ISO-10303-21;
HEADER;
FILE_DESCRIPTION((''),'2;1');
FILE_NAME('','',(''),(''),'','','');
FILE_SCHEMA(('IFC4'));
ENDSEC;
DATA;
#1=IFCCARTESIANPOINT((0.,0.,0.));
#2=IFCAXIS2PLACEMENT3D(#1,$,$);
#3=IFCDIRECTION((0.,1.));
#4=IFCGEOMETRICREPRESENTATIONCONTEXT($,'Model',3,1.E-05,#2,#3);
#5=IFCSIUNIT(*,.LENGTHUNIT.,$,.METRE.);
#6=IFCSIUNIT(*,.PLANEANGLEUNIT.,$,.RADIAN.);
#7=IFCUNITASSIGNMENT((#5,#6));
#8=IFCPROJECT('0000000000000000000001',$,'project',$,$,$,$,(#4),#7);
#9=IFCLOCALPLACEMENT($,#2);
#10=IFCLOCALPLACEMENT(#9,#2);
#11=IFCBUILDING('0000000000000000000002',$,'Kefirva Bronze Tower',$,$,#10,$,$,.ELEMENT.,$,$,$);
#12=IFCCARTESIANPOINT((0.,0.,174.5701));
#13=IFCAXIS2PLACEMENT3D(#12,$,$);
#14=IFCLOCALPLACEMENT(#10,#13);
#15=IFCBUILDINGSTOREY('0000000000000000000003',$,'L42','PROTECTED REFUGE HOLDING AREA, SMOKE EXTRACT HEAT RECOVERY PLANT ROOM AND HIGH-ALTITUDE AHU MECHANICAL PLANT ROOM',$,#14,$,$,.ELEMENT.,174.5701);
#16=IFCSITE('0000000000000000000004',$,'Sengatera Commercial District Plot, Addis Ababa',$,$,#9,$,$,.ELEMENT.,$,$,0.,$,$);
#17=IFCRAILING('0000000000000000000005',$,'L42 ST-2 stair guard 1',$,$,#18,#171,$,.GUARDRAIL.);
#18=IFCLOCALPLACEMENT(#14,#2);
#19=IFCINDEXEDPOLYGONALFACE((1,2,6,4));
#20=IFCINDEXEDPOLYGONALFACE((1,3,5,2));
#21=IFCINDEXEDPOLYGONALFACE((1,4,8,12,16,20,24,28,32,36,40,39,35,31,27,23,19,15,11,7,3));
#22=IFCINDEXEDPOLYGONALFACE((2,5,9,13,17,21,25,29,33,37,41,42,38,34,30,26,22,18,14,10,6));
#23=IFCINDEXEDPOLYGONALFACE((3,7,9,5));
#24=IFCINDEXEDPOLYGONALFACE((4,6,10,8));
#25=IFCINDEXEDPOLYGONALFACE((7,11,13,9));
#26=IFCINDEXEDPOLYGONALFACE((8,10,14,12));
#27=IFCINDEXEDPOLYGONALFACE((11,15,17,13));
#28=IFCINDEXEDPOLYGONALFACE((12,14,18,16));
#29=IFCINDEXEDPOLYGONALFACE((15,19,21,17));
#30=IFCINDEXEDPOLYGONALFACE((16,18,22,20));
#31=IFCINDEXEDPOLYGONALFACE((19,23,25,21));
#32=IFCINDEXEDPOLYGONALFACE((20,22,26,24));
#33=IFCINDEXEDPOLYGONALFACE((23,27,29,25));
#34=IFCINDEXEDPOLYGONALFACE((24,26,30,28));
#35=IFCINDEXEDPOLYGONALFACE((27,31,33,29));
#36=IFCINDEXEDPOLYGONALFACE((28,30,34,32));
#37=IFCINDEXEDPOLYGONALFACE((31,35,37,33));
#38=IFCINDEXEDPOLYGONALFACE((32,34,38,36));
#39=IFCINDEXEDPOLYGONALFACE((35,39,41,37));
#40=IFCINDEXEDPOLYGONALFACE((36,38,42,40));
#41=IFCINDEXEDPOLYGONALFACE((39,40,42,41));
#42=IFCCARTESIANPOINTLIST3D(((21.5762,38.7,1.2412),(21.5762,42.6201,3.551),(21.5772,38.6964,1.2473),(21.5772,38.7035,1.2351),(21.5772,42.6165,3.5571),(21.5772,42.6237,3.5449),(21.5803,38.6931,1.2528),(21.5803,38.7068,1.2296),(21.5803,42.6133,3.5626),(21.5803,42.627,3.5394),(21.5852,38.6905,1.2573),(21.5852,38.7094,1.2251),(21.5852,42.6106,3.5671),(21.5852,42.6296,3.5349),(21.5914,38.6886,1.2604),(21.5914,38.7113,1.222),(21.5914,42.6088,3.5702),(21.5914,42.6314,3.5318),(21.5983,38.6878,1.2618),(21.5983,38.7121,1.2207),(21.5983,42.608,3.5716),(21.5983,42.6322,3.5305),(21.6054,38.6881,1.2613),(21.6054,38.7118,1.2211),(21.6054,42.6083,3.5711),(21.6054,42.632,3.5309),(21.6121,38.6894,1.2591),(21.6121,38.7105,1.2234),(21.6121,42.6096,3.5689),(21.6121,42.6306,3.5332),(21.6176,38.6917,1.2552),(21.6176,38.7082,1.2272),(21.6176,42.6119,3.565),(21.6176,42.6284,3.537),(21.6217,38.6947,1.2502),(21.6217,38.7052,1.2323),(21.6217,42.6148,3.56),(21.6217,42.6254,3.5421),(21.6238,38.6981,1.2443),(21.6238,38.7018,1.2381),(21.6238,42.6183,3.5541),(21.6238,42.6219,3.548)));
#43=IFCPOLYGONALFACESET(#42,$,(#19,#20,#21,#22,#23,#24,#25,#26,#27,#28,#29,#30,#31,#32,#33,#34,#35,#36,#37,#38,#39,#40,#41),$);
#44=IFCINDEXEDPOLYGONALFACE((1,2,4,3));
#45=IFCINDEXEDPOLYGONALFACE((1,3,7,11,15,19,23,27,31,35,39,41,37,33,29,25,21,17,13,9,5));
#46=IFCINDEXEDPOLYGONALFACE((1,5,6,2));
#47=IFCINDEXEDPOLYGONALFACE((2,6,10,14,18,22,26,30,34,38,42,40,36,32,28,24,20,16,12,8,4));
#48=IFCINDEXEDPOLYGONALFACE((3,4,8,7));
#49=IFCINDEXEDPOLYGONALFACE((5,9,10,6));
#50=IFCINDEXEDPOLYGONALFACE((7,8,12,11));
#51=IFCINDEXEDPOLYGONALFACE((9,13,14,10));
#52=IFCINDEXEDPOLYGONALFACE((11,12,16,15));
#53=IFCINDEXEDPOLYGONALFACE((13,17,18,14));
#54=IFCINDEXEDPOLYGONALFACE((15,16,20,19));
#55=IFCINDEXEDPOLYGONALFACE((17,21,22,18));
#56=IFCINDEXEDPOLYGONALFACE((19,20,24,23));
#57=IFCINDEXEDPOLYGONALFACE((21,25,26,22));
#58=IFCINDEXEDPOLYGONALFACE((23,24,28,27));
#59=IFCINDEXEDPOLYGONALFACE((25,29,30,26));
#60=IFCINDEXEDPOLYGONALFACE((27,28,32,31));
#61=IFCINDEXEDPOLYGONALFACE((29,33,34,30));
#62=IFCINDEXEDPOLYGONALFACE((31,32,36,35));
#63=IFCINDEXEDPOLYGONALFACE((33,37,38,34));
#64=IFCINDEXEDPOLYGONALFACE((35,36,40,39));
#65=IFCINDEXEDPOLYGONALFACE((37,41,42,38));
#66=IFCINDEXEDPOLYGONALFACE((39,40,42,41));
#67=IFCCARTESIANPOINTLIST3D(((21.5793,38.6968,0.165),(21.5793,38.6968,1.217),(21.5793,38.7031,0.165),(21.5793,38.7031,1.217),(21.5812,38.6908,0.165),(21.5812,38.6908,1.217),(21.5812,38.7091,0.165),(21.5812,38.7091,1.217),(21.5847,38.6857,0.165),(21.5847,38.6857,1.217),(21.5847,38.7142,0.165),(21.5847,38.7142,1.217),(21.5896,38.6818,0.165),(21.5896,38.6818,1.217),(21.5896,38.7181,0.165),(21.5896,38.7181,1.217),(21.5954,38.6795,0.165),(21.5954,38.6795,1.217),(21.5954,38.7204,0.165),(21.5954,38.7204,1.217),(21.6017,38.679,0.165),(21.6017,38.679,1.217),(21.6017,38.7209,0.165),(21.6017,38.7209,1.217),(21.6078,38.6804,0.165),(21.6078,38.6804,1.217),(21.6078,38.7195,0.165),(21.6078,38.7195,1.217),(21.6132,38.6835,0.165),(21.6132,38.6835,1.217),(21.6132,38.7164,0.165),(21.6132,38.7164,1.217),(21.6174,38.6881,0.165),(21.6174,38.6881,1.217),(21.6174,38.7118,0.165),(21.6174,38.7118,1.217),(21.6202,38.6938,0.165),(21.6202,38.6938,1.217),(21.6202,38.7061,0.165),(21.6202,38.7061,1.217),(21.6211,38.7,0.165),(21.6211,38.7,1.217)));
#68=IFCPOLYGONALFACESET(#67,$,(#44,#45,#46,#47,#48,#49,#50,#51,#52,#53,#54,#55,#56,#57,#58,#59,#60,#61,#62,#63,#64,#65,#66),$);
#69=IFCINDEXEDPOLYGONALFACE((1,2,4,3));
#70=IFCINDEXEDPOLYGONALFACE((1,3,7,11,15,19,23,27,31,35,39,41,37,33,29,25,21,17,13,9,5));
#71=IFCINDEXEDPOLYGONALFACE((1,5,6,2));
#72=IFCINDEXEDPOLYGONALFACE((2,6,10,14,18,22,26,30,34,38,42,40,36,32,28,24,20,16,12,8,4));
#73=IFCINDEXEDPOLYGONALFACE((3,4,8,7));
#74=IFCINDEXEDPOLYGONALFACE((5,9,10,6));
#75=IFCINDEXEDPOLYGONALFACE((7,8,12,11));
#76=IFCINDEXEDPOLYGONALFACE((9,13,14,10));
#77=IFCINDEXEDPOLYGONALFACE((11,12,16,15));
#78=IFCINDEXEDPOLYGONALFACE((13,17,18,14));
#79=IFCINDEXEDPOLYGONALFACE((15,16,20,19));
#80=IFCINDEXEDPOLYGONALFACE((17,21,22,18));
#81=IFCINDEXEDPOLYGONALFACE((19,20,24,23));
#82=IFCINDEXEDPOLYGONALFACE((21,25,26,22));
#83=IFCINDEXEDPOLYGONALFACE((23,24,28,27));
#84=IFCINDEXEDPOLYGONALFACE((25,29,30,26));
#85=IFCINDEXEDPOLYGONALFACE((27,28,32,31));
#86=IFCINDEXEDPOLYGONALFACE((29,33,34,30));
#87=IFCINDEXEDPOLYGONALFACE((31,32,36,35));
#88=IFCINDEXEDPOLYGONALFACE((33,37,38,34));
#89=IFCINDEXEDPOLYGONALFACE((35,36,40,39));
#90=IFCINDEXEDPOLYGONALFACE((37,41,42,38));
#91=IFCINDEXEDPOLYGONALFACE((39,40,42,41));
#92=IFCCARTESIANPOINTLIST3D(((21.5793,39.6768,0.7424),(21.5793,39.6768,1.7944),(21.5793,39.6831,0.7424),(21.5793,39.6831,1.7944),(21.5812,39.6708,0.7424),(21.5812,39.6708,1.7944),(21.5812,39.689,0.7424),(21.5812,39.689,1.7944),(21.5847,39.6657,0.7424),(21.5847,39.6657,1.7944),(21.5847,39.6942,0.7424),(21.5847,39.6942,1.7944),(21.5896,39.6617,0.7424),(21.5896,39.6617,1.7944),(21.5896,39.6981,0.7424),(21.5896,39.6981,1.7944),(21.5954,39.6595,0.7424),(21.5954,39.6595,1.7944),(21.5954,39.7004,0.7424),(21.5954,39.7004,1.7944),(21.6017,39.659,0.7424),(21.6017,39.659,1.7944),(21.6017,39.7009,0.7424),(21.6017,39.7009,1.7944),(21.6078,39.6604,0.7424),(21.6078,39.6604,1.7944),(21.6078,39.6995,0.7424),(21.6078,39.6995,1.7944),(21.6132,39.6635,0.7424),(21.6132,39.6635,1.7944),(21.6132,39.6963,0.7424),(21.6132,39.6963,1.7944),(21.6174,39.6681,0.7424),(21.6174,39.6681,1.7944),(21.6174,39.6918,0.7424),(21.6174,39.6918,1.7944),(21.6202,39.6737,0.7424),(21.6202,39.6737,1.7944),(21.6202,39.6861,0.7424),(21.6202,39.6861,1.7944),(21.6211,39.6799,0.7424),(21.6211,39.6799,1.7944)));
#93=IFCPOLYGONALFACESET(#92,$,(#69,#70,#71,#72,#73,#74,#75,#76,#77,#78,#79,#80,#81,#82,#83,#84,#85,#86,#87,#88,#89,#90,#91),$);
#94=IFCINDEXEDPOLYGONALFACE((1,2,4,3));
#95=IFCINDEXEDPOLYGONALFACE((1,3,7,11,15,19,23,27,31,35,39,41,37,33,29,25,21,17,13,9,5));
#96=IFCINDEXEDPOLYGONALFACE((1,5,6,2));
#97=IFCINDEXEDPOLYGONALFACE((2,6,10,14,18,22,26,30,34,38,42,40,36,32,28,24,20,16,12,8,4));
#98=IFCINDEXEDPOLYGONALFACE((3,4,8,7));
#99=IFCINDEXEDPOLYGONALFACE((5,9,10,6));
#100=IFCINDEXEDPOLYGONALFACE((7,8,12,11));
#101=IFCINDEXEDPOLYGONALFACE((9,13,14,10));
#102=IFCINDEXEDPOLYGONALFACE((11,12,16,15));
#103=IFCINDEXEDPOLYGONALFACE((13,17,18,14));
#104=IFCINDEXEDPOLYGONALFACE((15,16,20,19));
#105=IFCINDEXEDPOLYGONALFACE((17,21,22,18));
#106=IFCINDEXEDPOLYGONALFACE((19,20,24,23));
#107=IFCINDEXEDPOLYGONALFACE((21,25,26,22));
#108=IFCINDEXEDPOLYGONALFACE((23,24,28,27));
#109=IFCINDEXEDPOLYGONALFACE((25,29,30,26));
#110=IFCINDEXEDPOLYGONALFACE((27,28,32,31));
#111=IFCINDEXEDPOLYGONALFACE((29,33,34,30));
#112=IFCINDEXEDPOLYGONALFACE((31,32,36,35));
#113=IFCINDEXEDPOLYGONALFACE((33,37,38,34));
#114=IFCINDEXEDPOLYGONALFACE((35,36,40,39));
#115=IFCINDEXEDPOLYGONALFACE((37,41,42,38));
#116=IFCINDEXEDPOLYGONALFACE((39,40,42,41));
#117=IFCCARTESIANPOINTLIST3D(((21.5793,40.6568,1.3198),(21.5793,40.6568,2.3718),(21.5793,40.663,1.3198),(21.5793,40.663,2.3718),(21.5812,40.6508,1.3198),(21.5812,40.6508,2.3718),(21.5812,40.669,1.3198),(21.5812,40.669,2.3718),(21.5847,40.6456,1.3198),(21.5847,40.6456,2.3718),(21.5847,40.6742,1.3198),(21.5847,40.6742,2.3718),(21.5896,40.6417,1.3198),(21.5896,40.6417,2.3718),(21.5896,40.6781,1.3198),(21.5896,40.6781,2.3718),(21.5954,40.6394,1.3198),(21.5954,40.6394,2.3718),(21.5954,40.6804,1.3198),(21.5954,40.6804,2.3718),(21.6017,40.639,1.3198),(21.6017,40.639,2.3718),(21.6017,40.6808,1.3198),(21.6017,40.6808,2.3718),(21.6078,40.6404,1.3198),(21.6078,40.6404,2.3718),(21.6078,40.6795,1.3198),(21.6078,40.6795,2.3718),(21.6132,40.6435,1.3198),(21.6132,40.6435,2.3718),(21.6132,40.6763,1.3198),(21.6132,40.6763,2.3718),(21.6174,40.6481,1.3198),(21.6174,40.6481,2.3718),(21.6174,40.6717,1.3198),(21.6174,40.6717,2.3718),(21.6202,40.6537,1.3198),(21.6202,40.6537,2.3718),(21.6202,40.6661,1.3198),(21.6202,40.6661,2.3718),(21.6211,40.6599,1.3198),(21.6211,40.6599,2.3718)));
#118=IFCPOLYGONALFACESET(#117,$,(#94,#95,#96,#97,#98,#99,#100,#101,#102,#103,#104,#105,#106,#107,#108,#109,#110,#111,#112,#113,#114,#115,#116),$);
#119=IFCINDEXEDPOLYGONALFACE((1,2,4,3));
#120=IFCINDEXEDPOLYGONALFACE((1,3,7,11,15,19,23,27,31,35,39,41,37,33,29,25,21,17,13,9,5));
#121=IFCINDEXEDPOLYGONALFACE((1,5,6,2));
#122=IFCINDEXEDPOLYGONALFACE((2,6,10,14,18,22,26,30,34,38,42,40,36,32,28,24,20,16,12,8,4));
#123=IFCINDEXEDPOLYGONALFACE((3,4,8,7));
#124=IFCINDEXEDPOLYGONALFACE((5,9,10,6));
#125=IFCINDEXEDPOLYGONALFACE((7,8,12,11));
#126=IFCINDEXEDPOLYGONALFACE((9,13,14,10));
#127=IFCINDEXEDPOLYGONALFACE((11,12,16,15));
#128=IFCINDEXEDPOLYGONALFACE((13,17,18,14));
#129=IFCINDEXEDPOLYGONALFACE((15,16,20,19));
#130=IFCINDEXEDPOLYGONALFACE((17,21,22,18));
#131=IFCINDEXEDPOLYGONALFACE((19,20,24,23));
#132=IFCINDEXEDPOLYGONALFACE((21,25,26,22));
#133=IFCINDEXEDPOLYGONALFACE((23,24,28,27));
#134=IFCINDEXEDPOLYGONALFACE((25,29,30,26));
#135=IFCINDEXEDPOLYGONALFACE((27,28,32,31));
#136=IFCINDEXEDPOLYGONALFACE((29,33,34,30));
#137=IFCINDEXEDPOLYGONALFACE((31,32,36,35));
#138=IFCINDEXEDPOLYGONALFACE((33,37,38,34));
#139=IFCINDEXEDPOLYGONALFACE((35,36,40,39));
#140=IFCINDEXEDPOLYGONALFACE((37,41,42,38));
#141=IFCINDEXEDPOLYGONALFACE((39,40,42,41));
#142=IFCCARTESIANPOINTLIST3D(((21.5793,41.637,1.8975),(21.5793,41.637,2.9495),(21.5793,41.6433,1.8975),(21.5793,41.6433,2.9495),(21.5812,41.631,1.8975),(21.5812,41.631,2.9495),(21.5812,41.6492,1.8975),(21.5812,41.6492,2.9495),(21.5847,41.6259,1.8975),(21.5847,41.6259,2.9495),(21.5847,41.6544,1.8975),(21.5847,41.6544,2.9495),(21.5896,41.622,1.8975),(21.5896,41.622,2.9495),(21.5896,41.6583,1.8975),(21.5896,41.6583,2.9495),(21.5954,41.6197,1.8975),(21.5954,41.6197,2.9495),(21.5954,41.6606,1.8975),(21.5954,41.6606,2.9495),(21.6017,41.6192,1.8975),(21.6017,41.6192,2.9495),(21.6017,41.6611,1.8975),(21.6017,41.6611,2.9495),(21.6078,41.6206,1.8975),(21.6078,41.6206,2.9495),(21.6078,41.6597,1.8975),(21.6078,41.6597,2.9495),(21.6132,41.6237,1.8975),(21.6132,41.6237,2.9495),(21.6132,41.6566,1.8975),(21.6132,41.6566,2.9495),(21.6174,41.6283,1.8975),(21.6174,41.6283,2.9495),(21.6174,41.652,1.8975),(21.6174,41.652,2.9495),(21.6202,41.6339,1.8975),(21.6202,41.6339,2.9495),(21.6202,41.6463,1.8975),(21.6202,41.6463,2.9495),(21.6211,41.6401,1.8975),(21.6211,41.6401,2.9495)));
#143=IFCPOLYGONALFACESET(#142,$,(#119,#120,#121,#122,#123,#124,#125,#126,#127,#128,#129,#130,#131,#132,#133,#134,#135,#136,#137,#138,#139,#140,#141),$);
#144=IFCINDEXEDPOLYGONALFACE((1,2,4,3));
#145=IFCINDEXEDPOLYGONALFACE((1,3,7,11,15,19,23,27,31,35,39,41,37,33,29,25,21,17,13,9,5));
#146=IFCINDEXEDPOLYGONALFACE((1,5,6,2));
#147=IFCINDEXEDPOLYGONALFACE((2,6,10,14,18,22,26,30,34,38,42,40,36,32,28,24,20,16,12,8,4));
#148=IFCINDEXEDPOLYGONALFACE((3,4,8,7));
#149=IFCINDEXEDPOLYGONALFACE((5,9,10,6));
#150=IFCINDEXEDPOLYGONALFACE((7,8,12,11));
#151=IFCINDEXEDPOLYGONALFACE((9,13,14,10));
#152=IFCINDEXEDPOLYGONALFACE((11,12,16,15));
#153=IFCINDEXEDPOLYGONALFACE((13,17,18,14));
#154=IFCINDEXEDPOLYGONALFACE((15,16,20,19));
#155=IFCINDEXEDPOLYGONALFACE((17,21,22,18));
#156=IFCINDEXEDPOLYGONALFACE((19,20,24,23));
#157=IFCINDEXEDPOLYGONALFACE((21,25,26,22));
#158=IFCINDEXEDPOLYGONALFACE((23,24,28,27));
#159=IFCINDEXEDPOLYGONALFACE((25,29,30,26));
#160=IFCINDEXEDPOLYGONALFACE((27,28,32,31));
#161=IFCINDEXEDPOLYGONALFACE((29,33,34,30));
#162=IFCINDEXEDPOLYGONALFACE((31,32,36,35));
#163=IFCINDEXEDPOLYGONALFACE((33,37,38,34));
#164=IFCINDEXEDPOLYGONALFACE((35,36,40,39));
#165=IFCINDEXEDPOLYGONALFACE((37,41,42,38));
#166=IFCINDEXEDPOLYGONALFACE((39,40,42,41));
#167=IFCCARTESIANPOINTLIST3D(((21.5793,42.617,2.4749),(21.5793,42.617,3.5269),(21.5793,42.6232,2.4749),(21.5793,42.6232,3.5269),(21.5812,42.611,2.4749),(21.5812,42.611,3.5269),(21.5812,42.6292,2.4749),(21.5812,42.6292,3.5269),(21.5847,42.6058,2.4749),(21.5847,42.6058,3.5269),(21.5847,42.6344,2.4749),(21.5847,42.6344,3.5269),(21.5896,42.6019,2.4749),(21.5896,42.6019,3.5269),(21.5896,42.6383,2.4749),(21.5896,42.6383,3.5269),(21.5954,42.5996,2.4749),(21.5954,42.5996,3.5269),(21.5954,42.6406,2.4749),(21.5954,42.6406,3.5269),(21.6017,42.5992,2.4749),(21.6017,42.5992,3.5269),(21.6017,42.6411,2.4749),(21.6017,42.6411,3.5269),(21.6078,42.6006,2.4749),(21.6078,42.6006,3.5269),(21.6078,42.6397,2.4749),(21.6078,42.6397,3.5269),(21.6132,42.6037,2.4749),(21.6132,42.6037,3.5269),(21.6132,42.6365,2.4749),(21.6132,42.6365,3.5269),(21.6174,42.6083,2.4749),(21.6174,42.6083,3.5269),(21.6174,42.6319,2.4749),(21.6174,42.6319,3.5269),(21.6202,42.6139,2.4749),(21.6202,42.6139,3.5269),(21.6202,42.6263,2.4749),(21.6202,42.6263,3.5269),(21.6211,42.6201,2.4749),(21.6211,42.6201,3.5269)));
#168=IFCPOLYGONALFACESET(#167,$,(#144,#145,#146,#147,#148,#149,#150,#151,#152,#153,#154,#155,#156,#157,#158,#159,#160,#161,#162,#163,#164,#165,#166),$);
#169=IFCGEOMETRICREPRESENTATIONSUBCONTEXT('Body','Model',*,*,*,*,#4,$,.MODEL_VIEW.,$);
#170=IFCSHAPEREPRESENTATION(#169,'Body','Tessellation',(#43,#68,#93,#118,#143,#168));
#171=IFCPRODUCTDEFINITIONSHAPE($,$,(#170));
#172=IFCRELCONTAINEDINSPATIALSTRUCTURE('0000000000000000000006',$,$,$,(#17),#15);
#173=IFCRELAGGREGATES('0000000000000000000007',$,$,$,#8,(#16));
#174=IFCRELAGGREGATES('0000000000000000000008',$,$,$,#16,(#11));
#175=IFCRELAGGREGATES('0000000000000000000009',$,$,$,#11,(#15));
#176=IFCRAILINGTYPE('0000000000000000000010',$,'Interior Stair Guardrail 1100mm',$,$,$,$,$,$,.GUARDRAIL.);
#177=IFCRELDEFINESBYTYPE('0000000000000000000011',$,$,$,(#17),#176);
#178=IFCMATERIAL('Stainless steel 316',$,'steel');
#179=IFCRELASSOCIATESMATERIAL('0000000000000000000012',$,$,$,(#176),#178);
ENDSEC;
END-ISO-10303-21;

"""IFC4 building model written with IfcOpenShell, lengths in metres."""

from ifc_helpers import new_model, si_unit, direction, frame, origin, origin_2d, place, context, subcontext, project, spatial, circle, extrude, material, type_object, element, save


model = new_model("IFC4")

# Units and contexts
model_context = context("Model", 3, precision=1e-05, world=origin(), true_north=direction((0.0, 1.0)))
body_context = subcontext(model_context, "Body", "Model", "MODEL_VIEW")
ifc_project = project(units=[si_unit("LENGTHUNIT", "METRE"), si_unit("PLANEANGLEUNIT", "RADIAN")], contexts=[model_context])

# Site, building, storey
site_placement = place(None, origin())
site = spatial("IfcSite", under=ifc_project, at=site_placement, Name="Sengatera Commercial District Plot, Addis Ababa", CompositionType="ELEMENT", RefElevation=0.0)
building_placement = place(site_placement, origin())
building = spatial("IfcBuilding", under=site, at=building_placement, Name="Kefirva Bronze Tower", CompositionType="ELEMENT")
storey_placement = place(building_placement, frame((0.0, 0.0, 174.5701)))
storey = spatial("IfcBuildingStorey", under=building, at=storey_placement, Name="L42", Description="PROTECTED REFUGE HOLDING AREA, SMOKE EXTRACT HEAT RECOVERY PLANT ROOM AND HIGH-ALTITUDE AHU MECHANICAL PLANT ROOM", CompositionType="ELEMENT", Elevation=174.5701)

# Railing
ifc_material_1 = material(Name="Stainless steel 316", Category="steel")
railing_type = type_object("IfcRailingType", Name="Interior Stair Guardrail 1100mm", PredefinedType="GUARDRAIL", material=ifc_material_1)
railing_1_placement = place(storey_placement, frame((21.6001, 38.7, 0.165)))
element("IfcRailing", 1, at=railing_1_placement, inside=storey, type_object=railing_type, Name="L42 ST-2 stair guard 1", PredefinedType="GUARDRAIL", context=body_context, shape_type="SweptSolid", body=[
    extrude(circle(Radius=0.0239, at=origin_2d()), frame((0.0, 0.0, 1.0762), z_axis=(0.0, 0.861566, 0.507646), x_axis=(-1.0, 0.0, 0.0)), (0.0, 0.0, 1.0), 4.55),
    extrude(circle(Radius=0.021, at=origin_2d()), origin(), (0.0, 0.0, 1.0), 1.052),
    extrude(circle(Radius=0.021, at=origin_2d()), frame((0.0, 0.98, 0.5774)), (0.0, 0.0, 1.0), 1.052),
    extrude(circle(Radius=0.021, at=origin_2d()), frame((0.0, 1.96, 1.1548)), (0.0, 0.0, 1.0), 1.052),
    extrude(circle(Radius=0.021, at=origin_2d()), frame((0.0, 2.9402, 1.7324)), (0.0, 0.0, 1.0), 1.052),
    extrude(circle(Radius=0.021, at=origin_2d()), frame((0.0, 3.9202, 2.3098)), (0.0, 0.0, 1.0), 1.052),
])

save(model, "model.ifc")
